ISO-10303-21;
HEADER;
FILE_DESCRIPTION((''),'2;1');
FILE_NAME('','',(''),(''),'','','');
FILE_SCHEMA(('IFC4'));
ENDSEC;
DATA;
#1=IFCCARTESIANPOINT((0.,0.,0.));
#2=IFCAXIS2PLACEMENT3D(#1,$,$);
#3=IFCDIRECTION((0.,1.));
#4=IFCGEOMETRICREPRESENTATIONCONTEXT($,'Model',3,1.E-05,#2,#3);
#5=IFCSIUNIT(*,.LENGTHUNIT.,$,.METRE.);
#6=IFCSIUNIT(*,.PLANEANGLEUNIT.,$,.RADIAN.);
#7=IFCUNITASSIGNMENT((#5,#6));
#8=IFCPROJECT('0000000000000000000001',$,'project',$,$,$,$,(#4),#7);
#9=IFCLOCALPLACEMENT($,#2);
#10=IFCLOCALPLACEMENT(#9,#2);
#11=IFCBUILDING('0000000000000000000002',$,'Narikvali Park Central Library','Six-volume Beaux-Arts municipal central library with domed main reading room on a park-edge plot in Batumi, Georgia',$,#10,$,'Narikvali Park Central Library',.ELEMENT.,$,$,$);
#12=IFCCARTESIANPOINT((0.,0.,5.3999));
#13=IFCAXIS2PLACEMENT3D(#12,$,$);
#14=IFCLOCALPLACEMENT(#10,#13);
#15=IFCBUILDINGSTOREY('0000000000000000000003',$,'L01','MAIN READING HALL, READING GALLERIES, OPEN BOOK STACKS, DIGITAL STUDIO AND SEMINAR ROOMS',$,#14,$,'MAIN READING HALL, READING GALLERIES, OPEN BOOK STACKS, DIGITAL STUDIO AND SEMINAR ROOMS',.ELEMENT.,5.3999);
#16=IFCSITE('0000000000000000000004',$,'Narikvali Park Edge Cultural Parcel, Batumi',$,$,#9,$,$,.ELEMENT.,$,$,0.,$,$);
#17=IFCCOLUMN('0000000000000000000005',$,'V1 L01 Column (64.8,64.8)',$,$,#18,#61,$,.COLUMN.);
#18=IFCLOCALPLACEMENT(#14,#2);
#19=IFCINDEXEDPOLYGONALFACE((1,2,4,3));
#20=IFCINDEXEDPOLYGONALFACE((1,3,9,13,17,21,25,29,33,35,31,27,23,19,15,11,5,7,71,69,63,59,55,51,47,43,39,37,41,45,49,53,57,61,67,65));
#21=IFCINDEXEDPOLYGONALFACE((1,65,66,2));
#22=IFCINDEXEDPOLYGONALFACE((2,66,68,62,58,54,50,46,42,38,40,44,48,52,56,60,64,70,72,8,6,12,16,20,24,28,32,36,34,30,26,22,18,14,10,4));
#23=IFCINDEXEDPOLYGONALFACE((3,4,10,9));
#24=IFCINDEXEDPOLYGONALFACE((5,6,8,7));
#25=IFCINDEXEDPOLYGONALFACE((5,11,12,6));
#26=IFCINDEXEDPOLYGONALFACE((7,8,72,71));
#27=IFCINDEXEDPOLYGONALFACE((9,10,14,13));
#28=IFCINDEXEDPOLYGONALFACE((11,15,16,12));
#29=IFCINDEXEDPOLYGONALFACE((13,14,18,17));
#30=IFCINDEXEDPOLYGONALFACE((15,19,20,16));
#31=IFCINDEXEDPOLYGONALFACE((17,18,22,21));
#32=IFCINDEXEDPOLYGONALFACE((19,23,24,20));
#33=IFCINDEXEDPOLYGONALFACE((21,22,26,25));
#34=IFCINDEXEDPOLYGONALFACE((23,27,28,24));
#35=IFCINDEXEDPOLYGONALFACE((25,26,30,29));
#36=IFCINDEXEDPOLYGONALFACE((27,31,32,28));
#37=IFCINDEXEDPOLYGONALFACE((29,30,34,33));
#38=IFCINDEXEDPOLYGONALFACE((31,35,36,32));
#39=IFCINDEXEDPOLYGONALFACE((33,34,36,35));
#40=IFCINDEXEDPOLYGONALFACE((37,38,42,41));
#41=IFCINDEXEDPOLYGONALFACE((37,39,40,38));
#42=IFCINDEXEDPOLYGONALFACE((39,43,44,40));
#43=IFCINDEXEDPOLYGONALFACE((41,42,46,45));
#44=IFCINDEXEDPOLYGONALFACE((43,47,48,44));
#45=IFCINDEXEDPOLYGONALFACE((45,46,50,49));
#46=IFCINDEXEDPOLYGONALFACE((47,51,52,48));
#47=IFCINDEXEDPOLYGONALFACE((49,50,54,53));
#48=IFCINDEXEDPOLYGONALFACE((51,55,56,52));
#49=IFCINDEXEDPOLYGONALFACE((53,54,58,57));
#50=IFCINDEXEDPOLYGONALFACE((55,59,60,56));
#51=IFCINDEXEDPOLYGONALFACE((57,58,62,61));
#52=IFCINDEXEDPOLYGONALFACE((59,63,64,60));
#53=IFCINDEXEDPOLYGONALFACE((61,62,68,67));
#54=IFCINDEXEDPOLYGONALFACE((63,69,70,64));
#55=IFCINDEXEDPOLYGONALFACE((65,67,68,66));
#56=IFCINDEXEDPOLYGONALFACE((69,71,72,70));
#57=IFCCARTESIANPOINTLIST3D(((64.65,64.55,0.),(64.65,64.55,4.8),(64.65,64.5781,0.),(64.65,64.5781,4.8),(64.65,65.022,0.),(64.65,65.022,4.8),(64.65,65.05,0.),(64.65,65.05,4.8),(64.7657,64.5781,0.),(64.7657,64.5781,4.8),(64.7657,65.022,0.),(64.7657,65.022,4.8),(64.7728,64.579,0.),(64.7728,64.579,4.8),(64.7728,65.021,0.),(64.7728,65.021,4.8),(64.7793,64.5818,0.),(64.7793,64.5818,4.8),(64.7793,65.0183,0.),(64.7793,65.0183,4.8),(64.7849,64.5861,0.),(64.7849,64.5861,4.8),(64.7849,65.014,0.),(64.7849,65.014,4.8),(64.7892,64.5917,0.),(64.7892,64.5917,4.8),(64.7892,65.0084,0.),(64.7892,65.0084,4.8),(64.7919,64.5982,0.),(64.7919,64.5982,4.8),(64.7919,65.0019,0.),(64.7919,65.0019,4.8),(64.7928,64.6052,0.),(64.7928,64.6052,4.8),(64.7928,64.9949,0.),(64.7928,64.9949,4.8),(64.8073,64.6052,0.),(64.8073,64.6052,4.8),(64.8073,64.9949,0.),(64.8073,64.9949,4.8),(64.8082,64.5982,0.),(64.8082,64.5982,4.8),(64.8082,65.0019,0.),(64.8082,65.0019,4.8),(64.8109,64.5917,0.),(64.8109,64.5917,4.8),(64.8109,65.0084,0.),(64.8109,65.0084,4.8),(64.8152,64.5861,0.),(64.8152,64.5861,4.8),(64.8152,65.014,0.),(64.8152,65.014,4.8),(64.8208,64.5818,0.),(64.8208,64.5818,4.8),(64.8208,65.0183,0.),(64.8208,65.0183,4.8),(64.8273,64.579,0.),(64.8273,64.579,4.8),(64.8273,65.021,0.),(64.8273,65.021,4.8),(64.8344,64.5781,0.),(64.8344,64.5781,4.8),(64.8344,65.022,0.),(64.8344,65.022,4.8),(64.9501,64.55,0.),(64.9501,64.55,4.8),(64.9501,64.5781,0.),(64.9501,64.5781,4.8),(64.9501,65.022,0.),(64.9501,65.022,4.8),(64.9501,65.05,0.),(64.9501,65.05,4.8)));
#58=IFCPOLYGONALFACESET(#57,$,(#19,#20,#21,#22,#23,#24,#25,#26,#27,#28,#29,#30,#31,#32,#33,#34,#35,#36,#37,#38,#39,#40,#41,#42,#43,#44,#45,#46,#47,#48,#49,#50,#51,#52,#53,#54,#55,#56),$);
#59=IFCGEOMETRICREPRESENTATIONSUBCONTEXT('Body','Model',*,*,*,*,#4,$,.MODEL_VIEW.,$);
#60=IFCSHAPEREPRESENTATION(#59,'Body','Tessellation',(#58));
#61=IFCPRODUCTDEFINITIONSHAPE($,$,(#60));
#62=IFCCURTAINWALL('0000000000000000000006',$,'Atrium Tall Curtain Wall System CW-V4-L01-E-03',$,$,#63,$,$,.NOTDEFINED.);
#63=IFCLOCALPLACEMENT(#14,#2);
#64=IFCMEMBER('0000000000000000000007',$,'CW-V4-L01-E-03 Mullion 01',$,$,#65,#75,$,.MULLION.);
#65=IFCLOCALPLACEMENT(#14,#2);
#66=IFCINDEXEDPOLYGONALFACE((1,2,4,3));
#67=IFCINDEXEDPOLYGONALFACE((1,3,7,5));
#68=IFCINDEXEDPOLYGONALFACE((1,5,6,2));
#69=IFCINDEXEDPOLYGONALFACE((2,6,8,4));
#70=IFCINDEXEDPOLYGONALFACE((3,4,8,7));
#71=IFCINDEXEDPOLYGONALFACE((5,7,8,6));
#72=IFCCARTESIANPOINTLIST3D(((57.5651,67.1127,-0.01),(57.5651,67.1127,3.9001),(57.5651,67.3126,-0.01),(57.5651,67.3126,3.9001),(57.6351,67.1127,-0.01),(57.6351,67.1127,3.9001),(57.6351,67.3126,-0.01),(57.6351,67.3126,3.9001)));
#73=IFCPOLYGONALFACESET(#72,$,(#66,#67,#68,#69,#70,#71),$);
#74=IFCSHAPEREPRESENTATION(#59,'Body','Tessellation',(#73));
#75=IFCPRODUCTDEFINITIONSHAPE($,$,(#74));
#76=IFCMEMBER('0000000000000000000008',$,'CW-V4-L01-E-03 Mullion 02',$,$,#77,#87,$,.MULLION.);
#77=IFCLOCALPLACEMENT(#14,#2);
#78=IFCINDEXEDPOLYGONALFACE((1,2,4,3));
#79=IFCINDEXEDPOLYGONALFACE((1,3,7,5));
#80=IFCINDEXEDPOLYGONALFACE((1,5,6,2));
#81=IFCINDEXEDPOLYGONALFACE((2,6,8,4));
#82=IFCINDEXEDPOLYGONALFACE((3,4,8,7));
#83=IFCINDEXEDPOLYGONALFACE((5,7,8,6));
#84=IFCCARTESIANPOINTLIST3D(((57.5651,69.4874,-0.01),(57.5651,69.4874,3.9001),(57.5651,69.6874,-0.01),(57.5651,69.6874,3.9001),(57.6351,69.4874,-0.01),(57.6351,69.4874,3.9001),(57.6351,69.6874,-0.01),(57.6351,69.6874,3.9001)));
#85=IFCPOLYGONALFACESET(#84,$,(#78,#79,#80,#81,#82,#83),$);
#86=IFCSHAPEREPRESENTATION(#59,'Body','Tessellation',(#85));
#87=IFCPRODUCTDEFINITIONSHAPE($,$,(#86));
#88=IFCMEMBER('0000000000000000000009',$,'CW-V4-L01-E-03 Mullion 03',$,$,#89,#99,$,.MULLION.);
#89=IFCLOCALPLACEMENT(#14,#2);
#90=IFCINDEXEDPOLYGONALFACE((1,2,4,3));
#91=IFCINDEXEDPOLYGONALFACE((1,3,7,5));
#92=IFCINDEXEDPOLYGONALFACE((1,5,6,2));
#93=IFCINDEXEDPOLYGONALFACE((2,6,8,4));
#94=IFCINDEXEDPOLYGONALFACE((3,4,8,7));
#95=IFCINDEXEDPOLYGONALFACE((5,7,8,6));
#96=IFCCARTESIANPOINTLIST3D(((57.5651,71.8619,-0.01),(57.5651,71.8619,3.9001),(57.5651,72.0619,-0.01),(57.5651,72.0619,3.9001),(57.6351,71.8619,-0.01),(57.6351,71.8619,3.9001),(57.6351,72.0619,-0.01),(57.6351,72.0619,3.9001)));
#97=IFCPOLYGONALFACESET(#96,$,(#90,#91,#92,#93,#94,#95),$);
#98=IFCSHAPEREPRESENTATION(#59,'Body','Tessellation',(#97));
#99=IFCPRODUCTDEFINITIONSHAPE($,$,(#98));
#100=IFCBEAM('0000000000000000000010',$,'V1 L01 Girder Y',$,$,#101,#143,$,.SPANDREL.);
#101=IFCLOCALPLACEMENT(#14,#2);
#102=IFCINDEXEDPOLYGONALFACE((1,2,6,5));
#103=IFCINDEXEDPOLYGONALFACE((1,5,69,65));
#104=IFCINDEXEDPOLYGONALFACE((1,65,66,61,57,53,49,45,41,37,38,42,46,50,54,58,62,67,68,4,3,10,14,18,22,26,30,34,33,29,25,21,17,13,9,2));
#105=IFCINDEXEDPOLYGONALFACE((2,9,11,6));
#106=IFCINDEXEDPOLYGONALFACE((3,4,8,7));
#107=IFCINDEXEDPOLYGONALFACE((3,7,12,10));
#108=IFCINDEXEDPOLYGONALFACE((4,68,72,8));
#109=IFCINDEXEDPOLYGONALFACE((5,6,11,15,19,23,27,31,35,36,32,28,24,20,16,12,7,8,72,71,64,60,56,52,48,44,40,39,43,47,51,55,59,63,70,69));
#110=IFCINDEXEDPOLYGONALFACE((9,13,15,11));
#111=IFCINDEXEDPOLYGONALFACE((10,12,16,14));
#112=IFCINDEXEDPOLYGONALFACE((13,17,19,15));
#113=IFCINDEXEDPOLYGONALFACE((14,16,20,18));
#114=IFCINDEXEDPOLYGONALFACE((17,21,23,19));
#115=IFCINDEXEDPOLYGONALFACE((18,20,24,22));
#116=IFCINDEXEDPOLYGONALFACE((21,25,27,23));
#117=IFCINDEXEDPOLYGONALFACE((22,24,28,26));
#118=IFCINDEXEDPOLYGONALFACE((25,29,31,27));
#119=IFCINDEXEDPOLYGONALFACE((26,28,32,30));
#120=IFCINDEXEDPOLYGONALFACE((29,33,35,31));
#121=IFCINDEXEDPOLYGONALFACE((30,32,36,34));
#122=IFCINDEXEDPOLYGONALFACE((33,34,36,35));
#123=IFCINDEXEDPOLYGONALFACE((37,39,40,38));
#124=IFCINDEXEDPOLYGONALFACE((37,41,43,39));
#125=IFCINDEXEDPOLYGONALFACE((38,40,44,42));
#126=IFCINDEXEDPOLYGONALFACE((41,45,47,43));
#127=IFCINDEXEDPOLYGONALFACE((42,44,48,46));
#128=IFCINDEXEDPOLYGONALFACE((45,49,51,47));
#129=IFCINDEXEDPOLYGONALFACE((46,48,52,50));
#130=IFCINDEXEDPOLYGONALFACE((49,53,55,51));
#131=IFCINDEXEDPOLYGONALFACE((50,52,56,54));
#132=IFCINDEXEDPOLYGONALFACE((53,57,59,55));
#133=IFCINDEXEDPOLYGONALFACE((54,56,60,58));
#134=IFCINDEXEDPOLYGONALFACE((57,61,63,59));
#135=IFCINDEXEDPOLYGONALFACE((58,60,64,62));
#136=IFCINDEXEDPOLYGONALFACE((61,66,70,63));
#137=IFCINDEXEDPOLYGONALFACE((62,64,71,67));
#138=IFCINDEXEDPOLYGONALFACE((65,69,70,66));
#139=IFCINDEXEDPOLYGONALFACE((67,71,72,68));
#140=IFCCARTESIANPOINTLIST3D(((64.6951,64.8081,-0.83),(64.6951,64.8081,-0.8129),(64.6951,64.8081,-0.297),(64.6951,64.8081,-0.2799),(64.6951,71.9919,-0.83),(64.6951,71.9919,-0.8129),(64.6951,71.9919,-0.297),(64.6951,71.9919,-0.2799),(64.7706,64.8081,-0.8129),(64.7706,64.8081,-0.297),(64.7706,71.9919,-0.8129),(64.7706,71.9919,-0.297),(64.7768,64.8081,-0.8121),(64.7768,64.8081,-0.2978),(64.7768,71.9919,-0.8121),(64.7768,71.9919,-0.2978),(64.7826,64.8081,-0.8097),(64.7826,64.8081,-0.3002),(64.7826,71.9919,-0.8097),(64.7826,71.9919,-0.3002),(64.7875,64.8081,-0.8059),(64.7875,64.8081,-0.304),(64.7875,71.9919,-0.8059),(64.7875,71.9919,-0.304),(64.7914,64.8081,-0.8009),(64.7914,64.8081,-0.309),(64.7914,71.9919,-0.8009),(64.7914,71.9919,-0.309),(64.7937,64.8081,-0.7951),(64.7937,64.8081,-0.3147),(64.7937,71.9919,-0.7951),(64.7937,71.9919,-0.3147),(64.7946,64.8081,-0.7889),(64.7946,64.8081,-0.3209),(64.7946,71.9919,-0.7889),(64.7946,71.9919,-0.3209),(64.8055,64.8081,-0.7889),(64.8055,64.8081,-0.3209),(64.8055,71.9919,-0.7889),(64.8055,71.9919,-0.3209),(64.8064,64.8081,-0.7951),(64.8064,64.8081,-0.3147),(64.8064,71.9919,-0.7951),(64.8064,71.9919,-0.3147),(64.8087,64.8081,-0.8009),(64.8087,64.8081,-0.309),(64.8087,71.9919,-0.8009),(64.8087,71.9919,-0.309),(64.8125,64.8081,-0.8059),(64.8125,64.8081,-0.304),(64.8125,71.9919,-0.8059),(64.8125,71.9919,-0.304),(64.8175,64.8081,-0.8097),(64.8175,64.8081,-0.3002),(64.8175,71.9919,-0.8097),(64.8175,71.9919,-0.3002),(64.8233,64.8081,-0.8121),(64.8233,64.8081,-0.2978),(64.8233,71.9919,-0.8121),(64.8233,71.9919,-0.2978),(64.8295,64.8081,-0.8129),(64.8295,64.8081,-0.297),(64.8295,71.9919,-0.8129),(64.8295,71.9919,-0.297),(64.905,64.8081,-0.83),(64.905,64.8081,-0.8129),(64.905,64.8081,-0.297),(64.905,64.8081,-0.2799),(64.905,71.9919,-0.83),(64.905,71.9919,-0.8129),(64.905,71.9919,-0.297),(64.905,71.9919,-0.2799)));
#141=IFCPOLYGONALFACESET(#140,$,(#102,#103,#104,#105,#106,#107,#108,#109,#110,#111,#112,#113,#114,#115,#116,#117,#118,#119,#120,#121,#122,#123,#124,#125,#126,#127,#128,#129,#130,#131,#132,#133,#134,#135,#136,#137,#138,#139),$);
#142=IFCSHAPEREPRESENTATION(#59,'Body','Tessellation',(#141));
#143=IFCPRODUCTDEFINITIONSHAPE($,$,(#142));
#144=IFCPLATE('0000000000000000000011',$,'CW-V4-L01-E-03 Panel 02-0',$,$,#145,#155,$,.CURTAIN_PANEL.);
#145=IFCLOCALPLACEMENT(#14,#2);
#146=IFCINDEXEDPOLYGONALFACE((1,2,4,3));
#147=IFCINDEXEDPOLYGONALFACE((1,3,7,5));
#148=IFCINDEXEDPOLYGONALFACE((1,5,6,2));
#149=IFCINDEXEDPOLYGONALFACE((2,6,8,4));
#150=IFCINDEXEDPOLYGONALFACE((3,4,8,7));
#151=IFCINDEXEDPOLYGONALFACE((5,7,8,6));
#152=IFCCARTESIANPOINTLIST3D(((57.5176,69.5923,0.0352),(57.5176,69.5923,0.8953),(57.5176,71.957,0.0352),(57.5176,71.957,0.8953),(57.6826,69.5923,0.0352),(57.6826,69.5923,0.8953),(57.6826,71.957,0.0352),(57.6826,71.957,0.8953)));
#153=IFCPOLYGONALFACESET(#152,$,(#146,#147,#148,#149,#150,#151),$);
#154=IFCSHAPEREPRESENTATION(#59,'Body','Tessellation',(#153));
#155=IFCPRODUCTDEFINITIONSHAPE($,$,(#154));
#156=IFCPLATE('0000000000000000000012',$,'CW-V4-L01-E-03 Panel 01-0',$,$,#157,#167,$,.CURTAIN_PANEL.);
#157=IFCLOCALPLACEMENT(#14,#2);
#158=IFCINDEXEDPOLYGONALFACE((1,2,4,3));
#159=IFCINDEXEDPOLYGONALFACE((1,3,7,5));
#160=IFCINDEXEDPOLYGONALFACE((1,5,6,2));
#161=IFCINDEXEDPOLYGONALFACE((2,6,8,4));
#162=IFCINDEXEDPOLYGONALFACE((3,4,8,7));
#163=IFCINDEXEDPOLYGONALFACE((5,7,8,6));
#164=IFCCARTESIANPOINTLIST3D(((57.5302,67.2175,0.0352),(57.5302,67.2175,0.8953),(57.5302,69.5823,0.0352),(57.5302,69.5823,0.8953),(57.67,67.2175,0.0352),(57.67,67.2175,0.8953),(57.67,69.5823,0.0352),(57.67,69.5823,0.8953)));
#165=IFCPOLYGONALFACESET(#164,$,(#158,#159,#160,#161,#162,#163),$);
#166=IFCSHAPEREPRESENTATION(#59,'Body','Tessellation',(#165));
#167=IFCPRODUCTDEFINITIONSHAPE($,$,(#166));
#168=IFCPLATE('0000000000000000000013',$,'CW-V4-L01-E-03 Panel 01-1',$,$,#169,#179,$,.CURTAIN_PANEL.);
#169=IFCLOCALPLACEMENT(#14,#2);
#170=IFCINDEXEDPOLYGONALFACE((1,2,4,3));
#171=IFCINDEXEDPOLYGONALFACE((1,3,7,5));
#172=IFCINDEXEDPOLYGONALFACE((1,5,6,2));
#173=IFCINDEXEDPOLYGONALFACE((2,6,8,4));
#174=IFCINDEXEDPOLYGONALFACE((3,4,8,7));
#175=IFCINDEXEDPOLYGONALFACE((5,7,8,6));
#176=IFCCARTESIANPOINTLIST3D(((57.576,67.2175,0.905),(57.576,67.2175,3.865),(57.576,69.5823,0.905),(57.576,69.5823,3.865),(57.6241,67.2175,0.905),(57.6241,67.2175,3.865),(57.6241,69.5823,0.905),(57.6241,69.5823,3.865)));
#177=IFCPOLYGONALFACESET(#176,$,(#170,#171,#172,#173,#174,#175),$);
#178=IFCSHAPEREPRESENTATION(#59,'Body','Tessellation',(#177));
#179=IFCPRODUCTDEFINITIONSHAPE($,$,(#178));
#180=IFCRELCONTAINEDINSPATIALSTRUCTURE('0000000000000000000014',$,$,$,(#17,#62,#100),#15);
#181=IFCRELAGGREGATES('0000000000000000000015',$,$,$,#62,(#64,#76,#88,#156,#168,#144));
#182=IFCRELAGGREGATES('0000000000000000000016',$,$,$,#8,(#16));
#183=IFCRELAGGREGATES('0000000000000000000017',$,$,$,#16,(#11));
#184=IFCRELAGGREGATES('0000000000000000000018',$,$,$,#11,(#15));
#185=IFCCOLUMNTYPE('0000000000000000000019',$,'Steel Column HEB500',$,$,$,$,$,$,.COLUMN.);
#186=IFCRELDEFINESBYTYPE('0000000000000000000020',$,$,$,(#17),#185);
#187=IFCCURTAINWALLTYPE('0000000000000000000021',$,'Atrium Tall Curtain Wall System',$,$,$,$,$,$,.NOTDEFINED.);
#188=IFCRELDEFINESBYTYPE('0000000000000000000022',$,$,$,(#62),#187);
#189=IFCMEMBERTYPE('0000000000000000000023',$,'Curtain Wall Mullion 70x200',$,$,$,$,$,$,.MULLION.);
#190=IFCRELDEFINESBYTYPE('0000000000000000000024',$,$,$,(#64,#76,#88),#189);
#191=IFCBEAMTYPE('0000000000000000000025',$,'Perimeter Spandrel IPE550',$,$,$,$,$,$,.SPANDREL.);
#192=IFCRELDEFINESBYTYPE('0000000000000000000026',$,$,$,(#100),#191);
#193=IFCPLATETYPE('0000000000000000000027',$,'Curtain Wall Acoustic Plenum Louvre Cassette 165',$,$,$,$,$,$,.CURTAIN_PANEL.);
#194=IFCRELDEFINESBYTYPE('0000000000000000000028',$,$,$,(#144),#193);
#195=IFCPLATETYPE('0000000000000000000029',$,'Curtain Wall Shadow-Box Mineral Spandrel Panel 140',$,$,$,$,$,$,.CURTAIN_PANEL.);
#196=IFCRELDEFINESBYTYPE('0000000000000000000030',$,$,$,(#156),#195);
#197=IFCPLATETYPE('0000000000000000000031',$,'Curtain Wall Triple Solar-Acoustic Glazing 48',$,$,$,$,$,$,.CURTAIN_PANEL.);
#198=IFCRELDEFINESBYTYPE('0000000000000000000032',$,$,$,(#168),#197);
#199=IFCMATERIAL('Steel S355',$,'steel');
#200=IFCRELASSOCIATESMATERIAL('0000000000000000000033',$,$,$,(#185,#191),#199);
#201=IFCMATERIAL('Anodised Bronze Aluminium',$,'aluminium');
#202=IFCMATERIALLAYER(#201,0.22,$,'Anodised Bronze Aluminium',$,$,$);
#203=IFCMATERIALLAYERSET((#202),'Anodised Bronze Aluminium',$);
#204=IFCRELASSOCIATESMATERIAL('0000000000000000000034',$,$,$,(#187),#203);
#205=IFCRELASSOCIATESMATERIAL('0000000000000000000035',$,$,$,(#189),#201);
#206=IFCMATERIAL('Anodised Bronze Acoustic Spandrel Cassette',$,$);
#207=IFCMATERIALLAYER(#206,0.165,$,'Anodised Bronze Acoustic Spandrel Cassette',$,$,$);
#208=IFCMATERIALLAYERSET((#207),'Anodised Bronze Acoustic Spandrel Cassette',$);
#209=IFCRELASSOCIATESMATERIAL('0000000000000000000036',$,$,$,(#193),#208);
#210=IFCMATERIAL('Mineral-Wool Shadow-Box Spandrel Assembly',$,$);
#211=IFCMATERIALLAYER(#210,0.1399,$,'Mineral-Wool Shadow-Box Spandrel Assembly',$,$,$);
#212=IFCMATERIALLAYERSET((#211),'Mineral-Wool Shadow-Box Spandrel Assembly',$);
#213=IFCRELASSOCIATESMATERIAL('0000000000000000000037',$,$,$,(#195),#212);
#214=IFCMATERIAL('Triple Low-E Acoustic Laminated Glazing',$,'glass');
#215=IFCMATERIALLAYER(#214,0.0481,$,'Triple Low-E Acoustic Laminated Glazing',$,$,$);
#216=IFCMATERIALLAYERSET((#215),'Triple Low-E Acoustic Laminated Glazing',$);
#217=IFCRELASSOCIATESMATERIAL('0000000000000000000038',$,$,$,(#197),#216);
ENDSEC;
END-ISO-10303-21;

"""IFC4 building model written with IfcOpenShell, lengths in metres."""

from ifc_helpers import new_model, si_unit, direction, frame, origin, origin_2d, place, context, subcontext, project, spatial, rectangle, i_section, extrude, material, layer, layer_set, material_profile, profile_set, type_object, element, aggregate, save


model = new_model("IFC4")

# Units and contexts
model_context = context("Model", 3, precision=1e-05, world=origin(), true_north=direction((0.0, 1.0)))
body_context = subcontext(model_context, "Body", "Model", "MODEL_VIEW")
ifc_project = project(units=[si_unit("LENGTHUNIT", "METRE"), si_unit("PLANEANGLEUNIT", "RADIAN")], contexts=[model_context])

# Site, building, storey
site_placement = place(None, origin())
site = spatial("IfcSite", under=ifc_project, at=site_placement, Name="Narikvali Park Edge Cultural Parcel, Batumi", CompositionType="ELEMENT", RefElevation=0.0)
building_placement = place(site_placement, origin())
building = spatial("IfcBuilding", under=site, at=building_placement, Name="Narikvali Park Central Library", Description="Six-volume Beaux-Arts municipal central library with domed main reading room on a park-edge plot in Batumi, Georgia", LongName="Narikvali Park Central Library", CompositionType="ELEMENT")
storey_placement = place(building_placement, frame((0.0, 0.0, 5.3999)))
storey = spatial("IfcBuildingStorey", under=building, at=storey_placement, Name="L01", Description="MAIN READING HALL, READING GALLERIES, OPEN BOOK STACKS, DIGITAL STUDIO AND SEMINAR ROOMS", LongName="MAIN READING HALL, READING GALLERIES, OPEN BOOK STACKS, DIGITAL STUDIO AND SEMINAR ROOMS", CompositionType="ELEMENT", Elevation=5.3999)

# Column
ifc_material_1 = material(Name="Steel S355", Category="steel")
ifc_material_profile_1 = material_profile(ifc_material_1, i_section(OverallWidth=0.3, OverallDepth=0.5, WebThickness=0.0144, FlangeThickness=0.0281, FilletRadius=0.0271, at=origin_2d()), Name="HEB 500")
ifc_profile_set_1 = profile_set([ifc_material_profile_1], Name="Steel S355")
column_type = type_object("IfcColumnType", Name="Steel Column HEB500", PredefinedType="COLUMN", material=ifc_profile_set_1)
column_placement = place(storey_placement, frame((64.8, 64.8, 0.0), z_axis=(0.0, 0.0, 1.0), x_axis=(1.0, 0.0, 0.0)))
element("IfcColumn", 1, at=column_placement, inside=storey, type_object=column_type, Name="V1 L01 Column (64.8,64.8)", PredefinedType="COLUMN", context=body_context, shape_type="SweptSolid", body=[
    extrude(i_section(OverallWidth=0.3, OverallDepth=0.5, WebThickness=0.0144, FlangeThickness=0.0281, FilletRadius=0.0271, at=origin_2d()), origin(), (0.0, 0.0, 1.0), 4.8),
])

# Curtain wall, members
ifc_material_2 = material(Name="Anodised Bronze Aluminium", Category="aluminium")
ifc_layer_1 = layer(ifc_material_2, 0.22, Name="Anodised Bronze Aluminium")
ifc_layer_set_1 = layer_set([ifc_layer_1], Name="Anodised Bronze Aluminium")
curtain_wall_type = type_object("IfcCurtainWallType", Name="Atrium Tall Curtain Wall System", PredefinedType="NOTDEFINED", material=ifc_layer_set_1)
curtain_wall_placement = place(storey_placement, origin())
curtain_wall = element("IfcCurtainWall", 2, at=curtain_wall_placement, inside=storey, type_object=curtain_wall_type, Name="Atrium Tall Curtain Wall System CW-V4-L01-E-03", PredefinedType="NOTDEFINED")
ifc_material_profile_2 = material_profile(ifc_material_2, rectangle(XDim=0.0701, YDim=0.2, at=origin_2d()), Name="CW MULLION 70x200")
ifc_profile_set_2 = profile_set([ifc_material_profile_2], Name="Anodised Bronze Aluminium")
member_type = type_object("IfcMemberType", Name="Curtain Wall Mullion 70x200", PredefinedType="MULLION", material=ifc_profile_set_2)
member_1_placement = place(storey_placement, frame((57.6001, 67.2126, -0.01), z_axis=(0.0, 0.0, 1.0), x_axis=(1.0, 0.0, 0.0)))
member_1 = element("IfcMember", 3, at=member_1_placement, type_object=member_type, Name="CW-V4-L01-E-03 Mullion 01", PredefinedType="MULLION", context=body_context, shape_type="SweptSolid", body=[
    extrude(rectangle(XDim=0.0701, YDim=0.2, at=origin_2d()), origin(), (0.0, 0.0, 1.0), 3.9102),
])
member_2_placement = place(storey_placement, frame((57.6001, 69.5874, -0.01), z_axis=(0.0, 0.0, 1.0), x_axis=(1.0, 0.0, 0.0)))
member_2 = element("IfcMember", 4, at=member_2_placement, type_object=member_type, Name="CW-V4-L01-E-03 Mullion 02", PredefinedType="MULLION", context=body_context, shape_type="SweptSolid", body=[
    extrude(rectangle(XDim=0.0701, YDim=0.2, at=origin_2d()), origin(), (0.0, 0.0, 1.0), 3.9102),
])
member_3_placement = place(storey_placement, frame((57.6001, 71.9619, -0.01), z_axis=(0.0, 0.0, 1.0), x_axis=(1.0, 0.0, 0.0)))
member_3 = element("IfcMember", 5, at=member_3_placement, type_object=member_type, Name="CW-V4-L01-E-03 Mullion 03", PredefinedType="MULLION", context=body_context, shape_type="SweptSolid", body=[
    extrude(rectangle(XDim=0.0701, YDim=0.2, at=origin_2d()), origin(), (0.0, 0.0, 1.0), 3.9102),
])

# Beam
ifc_material_profile_3 = material_profile(ifc_material_1, i_section(OverallWidth=0.21, OverallDepth=0.55, WebThickness=0.011, FlangeThickness=0.0171, FilletRadius=0.0239, at=origin_2d()), Name="IPE 550")
ifc_profile_set_3 = profile_set([ifc_material_profile_3], Name="Steel S355")
beam_type = type_object("IfcBeamType", Name="Perimeter Spandrel IPE550", PredefinedType="SPANDREL", material=ifc_profile_set_3)
beam_placement = place(storey_placement, frame((64.8, 64.8081, -0.5549), z_axis=(0.0, 1.0, 0.0), x_axis=(-1.0, 0.0, 0.0)))
element("IfcBeam", 6, at=beam_placement, inside=storey, type_object=beam_type, Name="V1 L01 Girder Y", PredefinedType="SPANDREL", context=body_context, shape_type="SweptSolid", body=[
    extrude(i_section(OverallWidth=0.21, OverallDepth=0.55, WebThickness=0.011, FlangeThickness=0.0171, FilletRadius=0.0239, at=origin_2d()), origin(), (0.0, 0.0, 1.0), 7.1838),
])

# Plates
ifc_material_3 = material(Name="Anodised Bronze Acoustic Spandrel Cassette")
ifc_layer_2 = layer(ifc_material_3, 0.165, Name="Anodised Bronze Acoustic Spandrel Cassette")
ifc_layer_set_2 = layer_set([ifc_layer_2], Name="Anodised Bronze Acoustic Spandrel Cassette")
plate_type_1 = type_object("IfcPlateType", Name="Curtain Wall Acoustic Plenum Louvre Cassette 165", PredefinedType="CURTAIN_PANEL", material=ifc_layer_set_2)
plate_1_placement = place(storey_placement, frame((57.6001, 70.7747, 0.0352), z_axis=(0.0, 0.0, 1.0), x_axis=(0.0, 1.0, 0.0)))
plate_1 = element("IfcPlate", 7, at=plate_1_placement, type_object=plate_type_1, Name="CW-V4-L01-E-03 Panel 02-0", PredefinedType="CURTAIN_PANEL", context=body_context, shape_type="SweptSolid", body=[
    extrude(rectangle(XDim=2.3647, YDim=0.165, at=origin_2d()), origin(), (0.0, 0.0, 1.0), 0.8601),
])
ifc_material_4 = material(Name="Mineral-Wool Shadow-Box Spandrel Assembly")
ifc_layer_3 = layer(ifc_material_4, 0.1399, Name="Mineral-Wool Shadow-Box Spandrel Assembly")
ifc_layer_set_3 = layer_set([ifc_layer_3], Name="Mineral-Wool Shadow-Box Spandrel Assembly")
plate_type_2 = type_object("IfcPlateType", Name="Curtain Wall Shadow-Box Mineral Spandrel Panel 140", PredefinedType="CURTAIN_PANEL", material=ifc_layer_set_3)
plate_2_placement = place(storey_placement, frame((57.6001, 68.3999, 0.0352), z_axis=(0.0, 0.0, 1.0), x_axis=(0.0, 1.0, 0.0)))
plate_2 = element("IfcPlate", 8, at=plate_2_placement, type_object=plate_type_2, Name="CW-V4-L01-E-03 Panel 01-0", PredefinedType="CURTAIN_PANEL", context=body_context, shape_type="SweptSolid", body=[
    extrude(rectangle(XDim=2.3647, YDim=0.1399, at=origin_2d()), origin(), (0.0, 0.0, 1.0), 0.8601),
])
ifc_material_5 = material(Name="Triple Low-E Acoustic Laminated Glazing", Category="glass")
ifc_layer_4 = layer(ifc_material_5, 0.0481, Name="Triple Low-E Acoustic Laminated Glazing")
ifc_layer_set_4 = layer_set([ifc_layer_4], Name="Triple Low-E Acoustic Laminated Glazing")
plate_type_3 = type_object("IfcPlateType", Name="Curtain Wall Triple Solar-Acoustic Glazing 48", PredefinedType="CURTAIN_PANEL", material=ifc_layer_set_4)
plate_3_placement = place(storey_placement, frame((57.6001, 68.3999, 0.905), z_axis=(0.0, 0.0, 1.0), x_axis=(0.0, 1.0, 0.0)))
plate_3 = element("IfcPlate", 9, at=plate_3_placement, type_object=plate_type_3, Name="CW-V4-L01-E-03 Panel 01-1", PredefinedType="CURTAIN_PANEL", context=body_context, shape_type="SweptSolid", body=[
    extrude(rectangle(XDim=2.3647, YDim=0.0481, at=origin_2d()), origin(), (0.0, 0.0, 1.0), 2.96),
])
aggregate(curtain_wall, [member_1, member_2, member_3, plate_2, plate_3, plate_1])

save(model, "model.ifc")
